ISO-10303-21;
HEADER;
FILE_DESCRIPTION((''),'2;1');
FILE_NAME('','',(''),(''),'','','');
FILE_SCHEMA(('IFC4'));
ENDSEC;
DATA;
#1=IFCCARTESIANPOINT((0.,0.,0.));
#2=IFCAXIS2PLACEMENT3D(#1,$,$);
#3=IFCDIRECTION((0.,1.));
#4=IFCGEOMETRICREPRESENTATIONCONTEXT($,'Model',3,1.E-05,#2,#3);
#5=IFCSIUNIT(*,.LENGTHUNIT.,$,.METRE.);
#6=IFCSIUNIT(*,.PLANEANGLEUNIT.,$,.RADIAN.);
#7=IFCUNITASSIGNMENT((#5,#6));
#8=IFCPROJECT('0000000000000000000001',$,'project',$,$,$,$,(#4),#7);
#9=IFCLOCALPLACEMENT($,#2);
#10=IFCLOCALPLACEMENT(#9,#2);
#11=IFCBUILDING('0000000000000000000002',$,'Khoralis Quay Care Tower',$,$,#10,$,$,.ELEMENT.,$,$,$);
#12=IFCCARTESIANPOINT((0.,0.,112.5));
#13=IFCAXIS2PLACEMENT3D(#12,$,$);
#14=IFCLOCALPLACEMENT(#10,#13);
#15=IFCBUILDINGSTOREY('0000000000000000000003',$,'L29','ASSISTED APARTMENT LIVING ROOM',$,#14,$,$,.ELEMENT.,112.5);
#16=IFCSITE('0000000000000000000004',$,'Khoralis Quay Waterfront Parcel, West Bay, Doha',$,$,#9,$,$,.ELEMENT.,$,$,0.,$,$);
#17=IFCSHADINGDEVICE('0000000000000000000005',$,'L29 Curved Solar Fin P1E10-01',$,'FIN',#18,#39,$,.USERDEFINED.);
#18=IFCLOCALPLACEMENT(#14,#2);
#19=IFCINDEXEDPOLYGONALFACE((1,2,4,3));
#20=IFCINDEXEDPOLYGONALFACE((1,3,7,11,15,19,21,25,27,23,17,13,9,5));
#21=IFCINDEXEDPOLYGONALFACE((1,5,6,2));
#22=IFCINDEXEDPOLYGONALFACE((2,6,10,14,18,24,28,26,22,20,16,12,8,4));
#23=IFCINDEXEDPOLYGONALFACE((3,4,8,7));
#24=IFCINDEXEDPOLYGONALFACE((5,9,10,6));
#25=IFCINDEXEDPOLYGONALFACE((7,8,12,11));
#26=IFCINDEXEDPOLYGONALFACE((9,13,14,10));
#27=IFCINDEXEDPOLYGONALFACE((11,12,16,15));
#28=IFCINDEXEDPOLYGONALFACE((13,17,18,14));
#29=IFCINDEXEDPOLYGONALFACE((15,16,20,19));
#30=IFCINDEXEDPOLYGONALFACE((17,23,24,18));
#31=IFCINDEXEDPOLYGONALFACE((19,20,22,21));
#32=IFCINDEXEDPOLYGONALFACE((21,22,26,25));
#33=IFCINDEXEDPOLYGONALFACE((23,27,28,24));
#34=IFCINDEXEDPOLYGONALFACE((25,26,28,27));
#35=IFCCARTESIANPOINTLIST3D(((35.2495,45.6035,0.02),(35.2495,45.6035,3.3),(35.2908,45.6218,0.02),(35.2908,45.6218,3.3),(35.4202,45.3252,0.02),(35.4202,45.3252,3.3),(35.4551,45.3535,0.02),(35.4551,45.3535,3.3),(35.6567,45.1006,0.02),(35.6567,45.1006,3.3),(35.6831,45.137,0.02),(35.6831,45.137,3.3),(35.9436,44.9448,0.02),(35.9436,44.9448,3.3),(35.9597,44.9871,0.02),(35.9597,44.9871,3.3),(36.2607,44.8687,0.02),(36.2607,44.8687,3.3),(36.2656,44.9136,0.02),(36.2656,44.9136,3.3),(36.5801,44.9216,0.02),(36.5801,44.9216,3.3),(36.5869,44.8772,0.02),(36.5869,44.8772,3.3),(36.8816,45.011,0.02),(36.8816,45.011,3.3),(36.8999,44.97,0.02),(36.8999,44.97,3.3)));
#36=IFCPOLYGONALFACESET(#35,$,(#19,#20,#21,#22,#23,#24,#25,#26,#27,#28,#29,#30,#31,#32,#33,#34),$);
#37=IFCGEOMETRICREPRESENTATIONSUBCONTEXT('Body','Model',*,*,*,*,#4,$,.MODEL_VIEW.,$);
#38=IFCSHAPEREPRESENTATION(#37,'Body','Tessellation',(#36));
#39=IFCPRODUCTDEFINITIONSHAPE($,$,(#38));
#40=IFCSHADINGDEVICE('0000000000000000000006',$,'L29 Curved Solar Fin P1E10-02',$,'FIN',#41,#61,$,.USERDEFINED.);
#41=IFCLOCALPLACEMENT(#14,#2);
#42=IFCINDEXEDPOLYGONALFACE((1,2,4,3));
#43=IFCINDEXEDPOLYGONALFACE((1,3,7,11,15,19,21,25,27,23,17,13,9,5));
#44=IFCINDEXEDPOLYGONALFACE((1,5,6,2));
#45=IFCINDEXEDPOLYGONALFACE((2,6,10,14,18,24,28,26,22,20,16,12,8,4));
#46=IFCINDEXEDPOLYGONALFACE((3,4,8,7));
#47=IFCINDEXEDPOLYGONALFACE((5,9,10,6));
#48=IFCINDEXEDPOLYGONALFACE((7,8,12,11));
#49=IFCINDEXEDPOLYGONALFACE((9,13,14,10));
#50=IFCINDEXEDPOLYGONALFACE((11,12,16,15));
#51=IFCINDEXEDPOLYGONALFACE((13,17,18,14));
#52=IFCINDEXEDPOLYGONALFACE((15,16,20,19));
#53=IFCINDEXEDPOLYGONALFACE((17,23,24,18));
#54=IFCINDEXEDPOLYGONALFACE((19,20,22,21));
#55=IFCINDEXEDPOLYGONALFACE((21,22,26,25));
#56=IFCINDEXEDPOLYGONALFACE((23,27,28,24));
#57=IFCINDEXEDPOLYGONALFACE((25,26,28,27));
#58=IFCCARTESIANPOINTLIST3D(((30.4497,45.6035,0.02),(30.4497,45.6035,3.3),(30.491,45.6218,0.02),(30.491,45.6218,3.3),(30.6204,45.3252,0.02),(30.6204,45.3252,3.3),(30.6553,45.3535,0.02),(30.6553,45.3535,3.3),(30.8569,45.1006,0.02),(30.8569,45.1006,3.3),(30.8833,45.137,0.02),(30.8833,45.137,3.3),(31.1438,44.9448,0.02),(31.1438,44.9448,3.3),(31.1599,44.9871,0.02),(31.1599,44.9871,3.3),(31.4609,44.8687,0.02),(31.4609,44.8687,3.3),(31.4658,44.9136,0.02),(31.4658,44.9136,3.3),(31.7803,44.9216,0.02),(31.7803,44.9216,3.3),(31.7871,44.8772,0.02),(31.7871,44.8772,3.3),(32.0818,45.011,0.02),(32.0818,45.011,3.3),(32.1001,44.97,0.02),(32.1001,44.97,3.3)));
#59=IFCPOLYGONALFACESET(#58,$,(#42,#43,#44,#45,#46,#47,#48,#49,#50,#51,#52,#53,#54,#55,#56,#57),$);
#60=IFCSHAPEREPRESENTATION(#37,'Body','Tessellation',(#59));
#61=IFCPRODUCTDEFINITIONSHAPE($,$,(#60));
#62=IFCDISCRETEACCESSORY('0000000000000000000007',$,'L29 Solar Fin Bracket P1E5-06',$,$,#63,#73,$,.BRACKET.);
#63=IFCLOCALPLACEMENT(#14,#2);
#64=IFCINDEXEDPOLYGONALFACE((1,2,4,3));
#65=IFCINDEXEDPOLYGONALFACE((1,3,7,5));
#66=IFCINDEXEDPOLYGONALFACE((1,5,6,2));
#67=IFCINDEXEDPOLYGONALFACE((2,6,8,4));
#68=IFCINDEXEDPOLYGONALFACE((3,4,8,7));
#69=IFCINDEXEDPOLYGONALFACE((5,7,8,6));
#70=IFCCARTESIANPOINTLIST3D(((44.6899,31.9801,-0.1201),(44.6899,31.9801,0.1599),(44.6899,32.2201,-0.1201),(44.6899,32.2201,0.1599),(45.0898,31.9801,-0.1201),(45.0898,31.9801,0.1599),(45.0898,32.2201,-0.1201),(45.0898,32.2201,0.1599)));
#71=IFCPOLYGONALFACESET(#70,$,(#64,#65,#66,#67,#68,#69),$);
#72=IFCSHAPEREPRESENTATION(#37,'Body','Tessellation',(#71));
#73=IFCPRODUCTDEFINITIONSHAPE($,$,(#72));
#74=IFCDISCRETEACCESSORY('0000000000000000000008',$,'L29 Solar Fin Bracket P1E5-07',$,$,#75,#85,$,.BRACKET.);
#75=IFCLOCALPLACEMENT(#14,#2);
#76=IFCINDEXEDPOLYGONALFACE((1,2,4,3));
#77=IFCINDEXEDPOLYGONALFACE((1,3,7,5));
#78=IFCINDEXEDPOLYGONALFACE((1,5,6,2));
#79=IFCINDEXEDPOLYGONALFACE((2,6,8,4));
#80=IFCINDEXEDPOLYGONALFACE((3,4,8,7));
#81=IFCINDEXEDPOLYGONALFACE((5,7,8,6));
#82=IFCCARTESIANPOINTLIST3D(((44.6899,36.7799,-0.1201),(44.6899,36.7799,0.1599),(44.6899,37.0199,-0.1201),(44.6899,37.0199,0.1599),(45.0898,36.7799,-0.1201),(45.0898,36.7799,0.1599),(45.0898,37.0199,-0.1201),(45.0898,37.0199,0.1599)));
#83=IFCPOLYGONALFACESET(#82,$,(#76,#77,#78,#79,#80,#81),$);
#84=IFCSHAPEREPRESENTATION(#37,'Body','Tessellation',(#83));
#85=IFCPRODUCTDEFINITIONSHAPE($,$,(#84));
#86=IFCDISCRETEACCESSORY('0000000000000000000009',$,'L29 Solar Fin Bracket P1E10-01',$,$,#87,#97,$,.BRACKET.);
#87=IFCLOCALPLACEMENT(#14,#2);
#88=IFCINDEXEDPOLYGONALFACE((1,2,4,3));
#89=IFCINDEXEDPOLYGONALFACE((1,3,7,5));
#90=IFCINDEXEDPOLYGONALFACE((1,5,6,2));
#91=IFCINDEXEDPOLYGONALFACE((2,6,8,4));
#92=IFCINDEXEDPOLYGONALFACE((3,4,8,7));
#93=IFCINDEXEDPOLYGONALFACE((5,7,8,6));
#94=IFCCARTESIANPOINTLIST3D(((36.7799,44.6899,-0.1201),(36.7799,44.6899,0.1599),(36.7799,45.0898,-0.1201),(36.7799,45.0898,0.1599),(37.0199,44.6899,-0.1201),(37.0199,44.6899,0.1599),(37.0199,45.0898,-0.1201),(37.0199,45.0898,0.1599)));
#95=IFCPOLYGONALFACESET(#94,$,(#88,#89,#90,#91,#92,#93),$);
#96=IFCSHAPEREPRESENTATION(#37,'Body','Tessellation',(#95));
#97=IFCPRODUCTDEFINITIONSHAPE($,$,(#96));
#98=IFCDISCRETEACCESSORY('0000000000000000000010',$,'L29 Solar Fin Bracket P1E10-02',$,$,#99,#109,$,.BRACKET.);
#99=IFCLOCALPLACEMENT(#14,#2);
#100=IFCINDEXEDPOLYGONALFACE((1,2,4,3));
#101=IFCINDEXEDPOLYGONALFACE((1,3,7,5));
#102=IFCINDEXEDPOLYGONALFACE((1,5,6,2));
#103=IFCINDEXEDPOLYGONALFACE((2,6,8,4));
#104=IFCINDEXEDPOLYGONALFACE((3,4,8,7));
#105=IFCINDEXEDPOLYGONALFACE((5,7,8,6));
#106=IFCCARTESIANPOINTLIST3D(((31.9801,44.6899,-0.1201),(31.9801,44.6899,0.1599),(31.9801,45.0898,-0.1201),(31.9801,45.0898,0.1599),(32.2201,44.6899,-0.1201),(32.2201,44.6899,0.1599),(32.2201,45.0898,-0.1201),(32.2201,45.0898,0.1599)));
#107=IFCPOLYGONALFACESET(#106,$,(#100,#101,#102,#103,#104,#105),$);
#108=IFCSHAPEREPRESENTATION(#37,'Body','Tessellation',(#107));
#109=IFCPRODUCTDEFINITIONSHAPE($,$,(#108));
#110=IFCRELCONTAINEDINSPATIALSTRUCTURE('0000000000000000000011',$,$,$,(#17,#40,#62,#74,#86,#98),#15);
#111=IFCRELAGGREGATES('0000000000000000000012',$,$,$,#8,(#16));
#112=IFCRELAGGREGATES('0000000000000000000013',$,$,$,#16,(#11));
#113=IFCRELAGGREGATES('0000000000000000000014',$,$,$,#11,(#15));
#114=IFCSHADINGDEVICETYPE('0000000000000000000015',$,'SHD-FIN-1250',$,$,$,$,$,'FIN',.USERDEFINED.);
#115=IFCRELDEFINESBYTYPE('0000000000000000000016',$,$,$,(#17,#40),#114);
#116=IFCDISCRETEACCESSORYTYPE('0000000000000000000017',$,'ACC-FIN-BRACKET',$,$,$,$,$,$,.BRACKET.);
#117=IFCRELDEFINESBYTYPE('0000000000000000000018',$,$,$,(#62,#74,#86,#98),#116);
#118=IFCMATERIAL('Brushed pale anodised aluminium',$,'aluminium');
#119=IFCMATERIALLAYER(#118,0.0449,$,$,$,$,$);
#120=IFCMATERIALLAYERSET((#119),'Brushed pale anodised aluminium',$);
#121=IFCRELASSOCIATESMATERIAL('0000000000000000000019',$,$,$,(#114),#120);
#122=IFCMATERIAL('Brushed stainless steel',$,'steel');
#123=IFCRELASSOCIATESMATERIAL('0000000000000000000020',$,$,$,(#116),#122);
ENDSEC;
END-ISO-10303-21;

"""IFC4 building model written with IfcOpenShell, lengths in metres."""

from ifc_helpers import new_model, si_unit, direction, frame, origin, origin_2d, place, context, subcontext, project, spatial, polyline, rectangle, outline, extrude, source, transform, mapped, material, layer, layer_set, type_object, element, save


model = new_model("IFC4")

# Units and contexts
model_context = context("Model", 3, precision=1e-05, world=origin(), true_north=direction((0.0, 1.0)))
body_context = subcontext(model_context, "Body", "Model", "MODEL_VIEW")
ifc_project = project(units=[si_unit("LENGTHUNIT", "METRE"), si_unit("PLANEANGLEUNIT", "RADIAN")], contexts=[model_context])

# Site, building, storey
site_placement = place(None, origin())
site = spatial("IfcSite", under=ifc_project, at=site_placement, Name="Khoralis Quay Waterfront Parcel, West Bay, Doha", CompositionType="ELEMENT", RefElevation=0.0)
building_placement = place(site_placement, origin())
building = spatial("IfcBuilding", under=site, at=building_placement, Name="Khoralis Quay Care Tower", CompositionType="ELEMENT")
storey_placement = place(building_placement, frame((0.0, 0.0, 112.5)))
storey = spatial("IfcBuildingStorey", under=building, at=storey_placement, Name="L29", Description="ASSISTED APARTMENT LIVING ROOM", CompositionType="ELEMENT", Elevation=112.5)

# Shading devices
ifc_material_1 = material(Name="Brushed pale anodised aluminium", Category="aluminium")
ifc_layer_1 = layer(ifc_material_1, 0.0449)
ifc_layer_set_1 = layer_set([ifc_layer_1], Name="Brushed pale anodised aluminium")
shading_device_type = type_object("IfcShadingDeviceType", Name="SHD-FIN-1250", ElementType="FIN", PredefinedType="USERDEFINED", material=ifc_layer_set_1)
shared_shape_1 = source(origin(), body_context, "Body", "SweptSolid", [
    extrude(outline(polyline([(0.0, 0.0), (-0.0928, 0.313), (-0.1013, 0.6392), (-0.0251, 0.9563), (0.1306, 1.2432), (0.3552, 1.4797), (0.6335, 1.6504), (0.6519, 1.6091), (0.3835, 1.4448), (0.167, 1.2168), (0.0171, 0.9402), (-0.0564, 0.6343), (-0.0483, 0.3198), (0.041, 0.0183), (0.0, 0.0)])), origin(), (0.0, 0.0, 1.0), 3.28),
])
for number, where, z_axis, x_axis, name in (
    (1, (36.8999, 44.97, 0.02), (0.0, 0.0, 1.0), (0.0, 1.0, 0.0), "L29 Curved Solar Fin P1E10-01"),
    (2, (32.1001, 44.97, 0.02), (0.0, 0.0, 1.0), (0.0, 1.0, 0.0), "L29 Curved Solar Fin P1E10-02"),
):
    element("IfcShadingDevice", number, at=place(storey_placement, frame(where, z_axis=z_axis, x_axis=x_axis)), inside=storey, type_object=shading_device_type, Name=name, ObjectType="FIN", PredefinedType="USERDEFINED", context=body_context, shape_type="MappedRepresentation", body=[
        mapped(shared_shape_1, transform((0.0, 0.0, 0.0), scale=1.0)),
    ])

# Discrete accessories
ifc_material_2 = material(Name="Brushed stainless steel", Category="steel")
discrete_accessory_type = type_object("IfcDiscreteAccessoryType", Name="ACC-FIN-BRACKET", PredefinedType="BRACKET", material=ifc_material_2)
shared_shape_2 = source(origin(), body_context, "Body", "SweptSolid", [
    extrude(rectangle(XDim=0.3999, YDim=0.24, at=origin_2d()), origin(), (0.0, 0.0, 1.0), 0.28),
])
for number, where, z_axis, x_axis, name in (
    (3, (44.8899, 32.1001, -0.1201), (0.0, 0.0, 1.0), (1.0, 0.0, 0.0), "L29 Solar Fin Bracket P1E5-06"),
    (4, (44.8899, 36.8999, -0.1201), (0.0, 0.0, 1.0), (1.0, 0.0, 0.0), "L29 Solar Fin Bracket P1E5-07"),
    (5, (36.8999, 44.8899, -0.1201), (0.0, 0.0, 1.0), (0.0, 1.0, 0.0), "L29 Solar Fin Bracket P1E10-01"),
    (6, (32.1001, 44.8899, -0.1201), (0.0, 0.0, 1.0), (0.0, 1.0, 0.0), "L29 Solar Fin Bracket P1E10-02"),
):
    element("IfcDiscreteAccessory", number, at=place(storey_placement, frame(where, z_axis=z_axis, x_axis=x_axis)), inside=storey, type_object=discrete_accessory_type, Name=name, PredefinedType="BRACKET", context=body_context, shape_type="MappedRepresentation", body=[
        mapped(shared_shape_2, transform((0.0, 0.0, 0.0), scale=1.0)),
    ])

save(model, "model.ifc")
